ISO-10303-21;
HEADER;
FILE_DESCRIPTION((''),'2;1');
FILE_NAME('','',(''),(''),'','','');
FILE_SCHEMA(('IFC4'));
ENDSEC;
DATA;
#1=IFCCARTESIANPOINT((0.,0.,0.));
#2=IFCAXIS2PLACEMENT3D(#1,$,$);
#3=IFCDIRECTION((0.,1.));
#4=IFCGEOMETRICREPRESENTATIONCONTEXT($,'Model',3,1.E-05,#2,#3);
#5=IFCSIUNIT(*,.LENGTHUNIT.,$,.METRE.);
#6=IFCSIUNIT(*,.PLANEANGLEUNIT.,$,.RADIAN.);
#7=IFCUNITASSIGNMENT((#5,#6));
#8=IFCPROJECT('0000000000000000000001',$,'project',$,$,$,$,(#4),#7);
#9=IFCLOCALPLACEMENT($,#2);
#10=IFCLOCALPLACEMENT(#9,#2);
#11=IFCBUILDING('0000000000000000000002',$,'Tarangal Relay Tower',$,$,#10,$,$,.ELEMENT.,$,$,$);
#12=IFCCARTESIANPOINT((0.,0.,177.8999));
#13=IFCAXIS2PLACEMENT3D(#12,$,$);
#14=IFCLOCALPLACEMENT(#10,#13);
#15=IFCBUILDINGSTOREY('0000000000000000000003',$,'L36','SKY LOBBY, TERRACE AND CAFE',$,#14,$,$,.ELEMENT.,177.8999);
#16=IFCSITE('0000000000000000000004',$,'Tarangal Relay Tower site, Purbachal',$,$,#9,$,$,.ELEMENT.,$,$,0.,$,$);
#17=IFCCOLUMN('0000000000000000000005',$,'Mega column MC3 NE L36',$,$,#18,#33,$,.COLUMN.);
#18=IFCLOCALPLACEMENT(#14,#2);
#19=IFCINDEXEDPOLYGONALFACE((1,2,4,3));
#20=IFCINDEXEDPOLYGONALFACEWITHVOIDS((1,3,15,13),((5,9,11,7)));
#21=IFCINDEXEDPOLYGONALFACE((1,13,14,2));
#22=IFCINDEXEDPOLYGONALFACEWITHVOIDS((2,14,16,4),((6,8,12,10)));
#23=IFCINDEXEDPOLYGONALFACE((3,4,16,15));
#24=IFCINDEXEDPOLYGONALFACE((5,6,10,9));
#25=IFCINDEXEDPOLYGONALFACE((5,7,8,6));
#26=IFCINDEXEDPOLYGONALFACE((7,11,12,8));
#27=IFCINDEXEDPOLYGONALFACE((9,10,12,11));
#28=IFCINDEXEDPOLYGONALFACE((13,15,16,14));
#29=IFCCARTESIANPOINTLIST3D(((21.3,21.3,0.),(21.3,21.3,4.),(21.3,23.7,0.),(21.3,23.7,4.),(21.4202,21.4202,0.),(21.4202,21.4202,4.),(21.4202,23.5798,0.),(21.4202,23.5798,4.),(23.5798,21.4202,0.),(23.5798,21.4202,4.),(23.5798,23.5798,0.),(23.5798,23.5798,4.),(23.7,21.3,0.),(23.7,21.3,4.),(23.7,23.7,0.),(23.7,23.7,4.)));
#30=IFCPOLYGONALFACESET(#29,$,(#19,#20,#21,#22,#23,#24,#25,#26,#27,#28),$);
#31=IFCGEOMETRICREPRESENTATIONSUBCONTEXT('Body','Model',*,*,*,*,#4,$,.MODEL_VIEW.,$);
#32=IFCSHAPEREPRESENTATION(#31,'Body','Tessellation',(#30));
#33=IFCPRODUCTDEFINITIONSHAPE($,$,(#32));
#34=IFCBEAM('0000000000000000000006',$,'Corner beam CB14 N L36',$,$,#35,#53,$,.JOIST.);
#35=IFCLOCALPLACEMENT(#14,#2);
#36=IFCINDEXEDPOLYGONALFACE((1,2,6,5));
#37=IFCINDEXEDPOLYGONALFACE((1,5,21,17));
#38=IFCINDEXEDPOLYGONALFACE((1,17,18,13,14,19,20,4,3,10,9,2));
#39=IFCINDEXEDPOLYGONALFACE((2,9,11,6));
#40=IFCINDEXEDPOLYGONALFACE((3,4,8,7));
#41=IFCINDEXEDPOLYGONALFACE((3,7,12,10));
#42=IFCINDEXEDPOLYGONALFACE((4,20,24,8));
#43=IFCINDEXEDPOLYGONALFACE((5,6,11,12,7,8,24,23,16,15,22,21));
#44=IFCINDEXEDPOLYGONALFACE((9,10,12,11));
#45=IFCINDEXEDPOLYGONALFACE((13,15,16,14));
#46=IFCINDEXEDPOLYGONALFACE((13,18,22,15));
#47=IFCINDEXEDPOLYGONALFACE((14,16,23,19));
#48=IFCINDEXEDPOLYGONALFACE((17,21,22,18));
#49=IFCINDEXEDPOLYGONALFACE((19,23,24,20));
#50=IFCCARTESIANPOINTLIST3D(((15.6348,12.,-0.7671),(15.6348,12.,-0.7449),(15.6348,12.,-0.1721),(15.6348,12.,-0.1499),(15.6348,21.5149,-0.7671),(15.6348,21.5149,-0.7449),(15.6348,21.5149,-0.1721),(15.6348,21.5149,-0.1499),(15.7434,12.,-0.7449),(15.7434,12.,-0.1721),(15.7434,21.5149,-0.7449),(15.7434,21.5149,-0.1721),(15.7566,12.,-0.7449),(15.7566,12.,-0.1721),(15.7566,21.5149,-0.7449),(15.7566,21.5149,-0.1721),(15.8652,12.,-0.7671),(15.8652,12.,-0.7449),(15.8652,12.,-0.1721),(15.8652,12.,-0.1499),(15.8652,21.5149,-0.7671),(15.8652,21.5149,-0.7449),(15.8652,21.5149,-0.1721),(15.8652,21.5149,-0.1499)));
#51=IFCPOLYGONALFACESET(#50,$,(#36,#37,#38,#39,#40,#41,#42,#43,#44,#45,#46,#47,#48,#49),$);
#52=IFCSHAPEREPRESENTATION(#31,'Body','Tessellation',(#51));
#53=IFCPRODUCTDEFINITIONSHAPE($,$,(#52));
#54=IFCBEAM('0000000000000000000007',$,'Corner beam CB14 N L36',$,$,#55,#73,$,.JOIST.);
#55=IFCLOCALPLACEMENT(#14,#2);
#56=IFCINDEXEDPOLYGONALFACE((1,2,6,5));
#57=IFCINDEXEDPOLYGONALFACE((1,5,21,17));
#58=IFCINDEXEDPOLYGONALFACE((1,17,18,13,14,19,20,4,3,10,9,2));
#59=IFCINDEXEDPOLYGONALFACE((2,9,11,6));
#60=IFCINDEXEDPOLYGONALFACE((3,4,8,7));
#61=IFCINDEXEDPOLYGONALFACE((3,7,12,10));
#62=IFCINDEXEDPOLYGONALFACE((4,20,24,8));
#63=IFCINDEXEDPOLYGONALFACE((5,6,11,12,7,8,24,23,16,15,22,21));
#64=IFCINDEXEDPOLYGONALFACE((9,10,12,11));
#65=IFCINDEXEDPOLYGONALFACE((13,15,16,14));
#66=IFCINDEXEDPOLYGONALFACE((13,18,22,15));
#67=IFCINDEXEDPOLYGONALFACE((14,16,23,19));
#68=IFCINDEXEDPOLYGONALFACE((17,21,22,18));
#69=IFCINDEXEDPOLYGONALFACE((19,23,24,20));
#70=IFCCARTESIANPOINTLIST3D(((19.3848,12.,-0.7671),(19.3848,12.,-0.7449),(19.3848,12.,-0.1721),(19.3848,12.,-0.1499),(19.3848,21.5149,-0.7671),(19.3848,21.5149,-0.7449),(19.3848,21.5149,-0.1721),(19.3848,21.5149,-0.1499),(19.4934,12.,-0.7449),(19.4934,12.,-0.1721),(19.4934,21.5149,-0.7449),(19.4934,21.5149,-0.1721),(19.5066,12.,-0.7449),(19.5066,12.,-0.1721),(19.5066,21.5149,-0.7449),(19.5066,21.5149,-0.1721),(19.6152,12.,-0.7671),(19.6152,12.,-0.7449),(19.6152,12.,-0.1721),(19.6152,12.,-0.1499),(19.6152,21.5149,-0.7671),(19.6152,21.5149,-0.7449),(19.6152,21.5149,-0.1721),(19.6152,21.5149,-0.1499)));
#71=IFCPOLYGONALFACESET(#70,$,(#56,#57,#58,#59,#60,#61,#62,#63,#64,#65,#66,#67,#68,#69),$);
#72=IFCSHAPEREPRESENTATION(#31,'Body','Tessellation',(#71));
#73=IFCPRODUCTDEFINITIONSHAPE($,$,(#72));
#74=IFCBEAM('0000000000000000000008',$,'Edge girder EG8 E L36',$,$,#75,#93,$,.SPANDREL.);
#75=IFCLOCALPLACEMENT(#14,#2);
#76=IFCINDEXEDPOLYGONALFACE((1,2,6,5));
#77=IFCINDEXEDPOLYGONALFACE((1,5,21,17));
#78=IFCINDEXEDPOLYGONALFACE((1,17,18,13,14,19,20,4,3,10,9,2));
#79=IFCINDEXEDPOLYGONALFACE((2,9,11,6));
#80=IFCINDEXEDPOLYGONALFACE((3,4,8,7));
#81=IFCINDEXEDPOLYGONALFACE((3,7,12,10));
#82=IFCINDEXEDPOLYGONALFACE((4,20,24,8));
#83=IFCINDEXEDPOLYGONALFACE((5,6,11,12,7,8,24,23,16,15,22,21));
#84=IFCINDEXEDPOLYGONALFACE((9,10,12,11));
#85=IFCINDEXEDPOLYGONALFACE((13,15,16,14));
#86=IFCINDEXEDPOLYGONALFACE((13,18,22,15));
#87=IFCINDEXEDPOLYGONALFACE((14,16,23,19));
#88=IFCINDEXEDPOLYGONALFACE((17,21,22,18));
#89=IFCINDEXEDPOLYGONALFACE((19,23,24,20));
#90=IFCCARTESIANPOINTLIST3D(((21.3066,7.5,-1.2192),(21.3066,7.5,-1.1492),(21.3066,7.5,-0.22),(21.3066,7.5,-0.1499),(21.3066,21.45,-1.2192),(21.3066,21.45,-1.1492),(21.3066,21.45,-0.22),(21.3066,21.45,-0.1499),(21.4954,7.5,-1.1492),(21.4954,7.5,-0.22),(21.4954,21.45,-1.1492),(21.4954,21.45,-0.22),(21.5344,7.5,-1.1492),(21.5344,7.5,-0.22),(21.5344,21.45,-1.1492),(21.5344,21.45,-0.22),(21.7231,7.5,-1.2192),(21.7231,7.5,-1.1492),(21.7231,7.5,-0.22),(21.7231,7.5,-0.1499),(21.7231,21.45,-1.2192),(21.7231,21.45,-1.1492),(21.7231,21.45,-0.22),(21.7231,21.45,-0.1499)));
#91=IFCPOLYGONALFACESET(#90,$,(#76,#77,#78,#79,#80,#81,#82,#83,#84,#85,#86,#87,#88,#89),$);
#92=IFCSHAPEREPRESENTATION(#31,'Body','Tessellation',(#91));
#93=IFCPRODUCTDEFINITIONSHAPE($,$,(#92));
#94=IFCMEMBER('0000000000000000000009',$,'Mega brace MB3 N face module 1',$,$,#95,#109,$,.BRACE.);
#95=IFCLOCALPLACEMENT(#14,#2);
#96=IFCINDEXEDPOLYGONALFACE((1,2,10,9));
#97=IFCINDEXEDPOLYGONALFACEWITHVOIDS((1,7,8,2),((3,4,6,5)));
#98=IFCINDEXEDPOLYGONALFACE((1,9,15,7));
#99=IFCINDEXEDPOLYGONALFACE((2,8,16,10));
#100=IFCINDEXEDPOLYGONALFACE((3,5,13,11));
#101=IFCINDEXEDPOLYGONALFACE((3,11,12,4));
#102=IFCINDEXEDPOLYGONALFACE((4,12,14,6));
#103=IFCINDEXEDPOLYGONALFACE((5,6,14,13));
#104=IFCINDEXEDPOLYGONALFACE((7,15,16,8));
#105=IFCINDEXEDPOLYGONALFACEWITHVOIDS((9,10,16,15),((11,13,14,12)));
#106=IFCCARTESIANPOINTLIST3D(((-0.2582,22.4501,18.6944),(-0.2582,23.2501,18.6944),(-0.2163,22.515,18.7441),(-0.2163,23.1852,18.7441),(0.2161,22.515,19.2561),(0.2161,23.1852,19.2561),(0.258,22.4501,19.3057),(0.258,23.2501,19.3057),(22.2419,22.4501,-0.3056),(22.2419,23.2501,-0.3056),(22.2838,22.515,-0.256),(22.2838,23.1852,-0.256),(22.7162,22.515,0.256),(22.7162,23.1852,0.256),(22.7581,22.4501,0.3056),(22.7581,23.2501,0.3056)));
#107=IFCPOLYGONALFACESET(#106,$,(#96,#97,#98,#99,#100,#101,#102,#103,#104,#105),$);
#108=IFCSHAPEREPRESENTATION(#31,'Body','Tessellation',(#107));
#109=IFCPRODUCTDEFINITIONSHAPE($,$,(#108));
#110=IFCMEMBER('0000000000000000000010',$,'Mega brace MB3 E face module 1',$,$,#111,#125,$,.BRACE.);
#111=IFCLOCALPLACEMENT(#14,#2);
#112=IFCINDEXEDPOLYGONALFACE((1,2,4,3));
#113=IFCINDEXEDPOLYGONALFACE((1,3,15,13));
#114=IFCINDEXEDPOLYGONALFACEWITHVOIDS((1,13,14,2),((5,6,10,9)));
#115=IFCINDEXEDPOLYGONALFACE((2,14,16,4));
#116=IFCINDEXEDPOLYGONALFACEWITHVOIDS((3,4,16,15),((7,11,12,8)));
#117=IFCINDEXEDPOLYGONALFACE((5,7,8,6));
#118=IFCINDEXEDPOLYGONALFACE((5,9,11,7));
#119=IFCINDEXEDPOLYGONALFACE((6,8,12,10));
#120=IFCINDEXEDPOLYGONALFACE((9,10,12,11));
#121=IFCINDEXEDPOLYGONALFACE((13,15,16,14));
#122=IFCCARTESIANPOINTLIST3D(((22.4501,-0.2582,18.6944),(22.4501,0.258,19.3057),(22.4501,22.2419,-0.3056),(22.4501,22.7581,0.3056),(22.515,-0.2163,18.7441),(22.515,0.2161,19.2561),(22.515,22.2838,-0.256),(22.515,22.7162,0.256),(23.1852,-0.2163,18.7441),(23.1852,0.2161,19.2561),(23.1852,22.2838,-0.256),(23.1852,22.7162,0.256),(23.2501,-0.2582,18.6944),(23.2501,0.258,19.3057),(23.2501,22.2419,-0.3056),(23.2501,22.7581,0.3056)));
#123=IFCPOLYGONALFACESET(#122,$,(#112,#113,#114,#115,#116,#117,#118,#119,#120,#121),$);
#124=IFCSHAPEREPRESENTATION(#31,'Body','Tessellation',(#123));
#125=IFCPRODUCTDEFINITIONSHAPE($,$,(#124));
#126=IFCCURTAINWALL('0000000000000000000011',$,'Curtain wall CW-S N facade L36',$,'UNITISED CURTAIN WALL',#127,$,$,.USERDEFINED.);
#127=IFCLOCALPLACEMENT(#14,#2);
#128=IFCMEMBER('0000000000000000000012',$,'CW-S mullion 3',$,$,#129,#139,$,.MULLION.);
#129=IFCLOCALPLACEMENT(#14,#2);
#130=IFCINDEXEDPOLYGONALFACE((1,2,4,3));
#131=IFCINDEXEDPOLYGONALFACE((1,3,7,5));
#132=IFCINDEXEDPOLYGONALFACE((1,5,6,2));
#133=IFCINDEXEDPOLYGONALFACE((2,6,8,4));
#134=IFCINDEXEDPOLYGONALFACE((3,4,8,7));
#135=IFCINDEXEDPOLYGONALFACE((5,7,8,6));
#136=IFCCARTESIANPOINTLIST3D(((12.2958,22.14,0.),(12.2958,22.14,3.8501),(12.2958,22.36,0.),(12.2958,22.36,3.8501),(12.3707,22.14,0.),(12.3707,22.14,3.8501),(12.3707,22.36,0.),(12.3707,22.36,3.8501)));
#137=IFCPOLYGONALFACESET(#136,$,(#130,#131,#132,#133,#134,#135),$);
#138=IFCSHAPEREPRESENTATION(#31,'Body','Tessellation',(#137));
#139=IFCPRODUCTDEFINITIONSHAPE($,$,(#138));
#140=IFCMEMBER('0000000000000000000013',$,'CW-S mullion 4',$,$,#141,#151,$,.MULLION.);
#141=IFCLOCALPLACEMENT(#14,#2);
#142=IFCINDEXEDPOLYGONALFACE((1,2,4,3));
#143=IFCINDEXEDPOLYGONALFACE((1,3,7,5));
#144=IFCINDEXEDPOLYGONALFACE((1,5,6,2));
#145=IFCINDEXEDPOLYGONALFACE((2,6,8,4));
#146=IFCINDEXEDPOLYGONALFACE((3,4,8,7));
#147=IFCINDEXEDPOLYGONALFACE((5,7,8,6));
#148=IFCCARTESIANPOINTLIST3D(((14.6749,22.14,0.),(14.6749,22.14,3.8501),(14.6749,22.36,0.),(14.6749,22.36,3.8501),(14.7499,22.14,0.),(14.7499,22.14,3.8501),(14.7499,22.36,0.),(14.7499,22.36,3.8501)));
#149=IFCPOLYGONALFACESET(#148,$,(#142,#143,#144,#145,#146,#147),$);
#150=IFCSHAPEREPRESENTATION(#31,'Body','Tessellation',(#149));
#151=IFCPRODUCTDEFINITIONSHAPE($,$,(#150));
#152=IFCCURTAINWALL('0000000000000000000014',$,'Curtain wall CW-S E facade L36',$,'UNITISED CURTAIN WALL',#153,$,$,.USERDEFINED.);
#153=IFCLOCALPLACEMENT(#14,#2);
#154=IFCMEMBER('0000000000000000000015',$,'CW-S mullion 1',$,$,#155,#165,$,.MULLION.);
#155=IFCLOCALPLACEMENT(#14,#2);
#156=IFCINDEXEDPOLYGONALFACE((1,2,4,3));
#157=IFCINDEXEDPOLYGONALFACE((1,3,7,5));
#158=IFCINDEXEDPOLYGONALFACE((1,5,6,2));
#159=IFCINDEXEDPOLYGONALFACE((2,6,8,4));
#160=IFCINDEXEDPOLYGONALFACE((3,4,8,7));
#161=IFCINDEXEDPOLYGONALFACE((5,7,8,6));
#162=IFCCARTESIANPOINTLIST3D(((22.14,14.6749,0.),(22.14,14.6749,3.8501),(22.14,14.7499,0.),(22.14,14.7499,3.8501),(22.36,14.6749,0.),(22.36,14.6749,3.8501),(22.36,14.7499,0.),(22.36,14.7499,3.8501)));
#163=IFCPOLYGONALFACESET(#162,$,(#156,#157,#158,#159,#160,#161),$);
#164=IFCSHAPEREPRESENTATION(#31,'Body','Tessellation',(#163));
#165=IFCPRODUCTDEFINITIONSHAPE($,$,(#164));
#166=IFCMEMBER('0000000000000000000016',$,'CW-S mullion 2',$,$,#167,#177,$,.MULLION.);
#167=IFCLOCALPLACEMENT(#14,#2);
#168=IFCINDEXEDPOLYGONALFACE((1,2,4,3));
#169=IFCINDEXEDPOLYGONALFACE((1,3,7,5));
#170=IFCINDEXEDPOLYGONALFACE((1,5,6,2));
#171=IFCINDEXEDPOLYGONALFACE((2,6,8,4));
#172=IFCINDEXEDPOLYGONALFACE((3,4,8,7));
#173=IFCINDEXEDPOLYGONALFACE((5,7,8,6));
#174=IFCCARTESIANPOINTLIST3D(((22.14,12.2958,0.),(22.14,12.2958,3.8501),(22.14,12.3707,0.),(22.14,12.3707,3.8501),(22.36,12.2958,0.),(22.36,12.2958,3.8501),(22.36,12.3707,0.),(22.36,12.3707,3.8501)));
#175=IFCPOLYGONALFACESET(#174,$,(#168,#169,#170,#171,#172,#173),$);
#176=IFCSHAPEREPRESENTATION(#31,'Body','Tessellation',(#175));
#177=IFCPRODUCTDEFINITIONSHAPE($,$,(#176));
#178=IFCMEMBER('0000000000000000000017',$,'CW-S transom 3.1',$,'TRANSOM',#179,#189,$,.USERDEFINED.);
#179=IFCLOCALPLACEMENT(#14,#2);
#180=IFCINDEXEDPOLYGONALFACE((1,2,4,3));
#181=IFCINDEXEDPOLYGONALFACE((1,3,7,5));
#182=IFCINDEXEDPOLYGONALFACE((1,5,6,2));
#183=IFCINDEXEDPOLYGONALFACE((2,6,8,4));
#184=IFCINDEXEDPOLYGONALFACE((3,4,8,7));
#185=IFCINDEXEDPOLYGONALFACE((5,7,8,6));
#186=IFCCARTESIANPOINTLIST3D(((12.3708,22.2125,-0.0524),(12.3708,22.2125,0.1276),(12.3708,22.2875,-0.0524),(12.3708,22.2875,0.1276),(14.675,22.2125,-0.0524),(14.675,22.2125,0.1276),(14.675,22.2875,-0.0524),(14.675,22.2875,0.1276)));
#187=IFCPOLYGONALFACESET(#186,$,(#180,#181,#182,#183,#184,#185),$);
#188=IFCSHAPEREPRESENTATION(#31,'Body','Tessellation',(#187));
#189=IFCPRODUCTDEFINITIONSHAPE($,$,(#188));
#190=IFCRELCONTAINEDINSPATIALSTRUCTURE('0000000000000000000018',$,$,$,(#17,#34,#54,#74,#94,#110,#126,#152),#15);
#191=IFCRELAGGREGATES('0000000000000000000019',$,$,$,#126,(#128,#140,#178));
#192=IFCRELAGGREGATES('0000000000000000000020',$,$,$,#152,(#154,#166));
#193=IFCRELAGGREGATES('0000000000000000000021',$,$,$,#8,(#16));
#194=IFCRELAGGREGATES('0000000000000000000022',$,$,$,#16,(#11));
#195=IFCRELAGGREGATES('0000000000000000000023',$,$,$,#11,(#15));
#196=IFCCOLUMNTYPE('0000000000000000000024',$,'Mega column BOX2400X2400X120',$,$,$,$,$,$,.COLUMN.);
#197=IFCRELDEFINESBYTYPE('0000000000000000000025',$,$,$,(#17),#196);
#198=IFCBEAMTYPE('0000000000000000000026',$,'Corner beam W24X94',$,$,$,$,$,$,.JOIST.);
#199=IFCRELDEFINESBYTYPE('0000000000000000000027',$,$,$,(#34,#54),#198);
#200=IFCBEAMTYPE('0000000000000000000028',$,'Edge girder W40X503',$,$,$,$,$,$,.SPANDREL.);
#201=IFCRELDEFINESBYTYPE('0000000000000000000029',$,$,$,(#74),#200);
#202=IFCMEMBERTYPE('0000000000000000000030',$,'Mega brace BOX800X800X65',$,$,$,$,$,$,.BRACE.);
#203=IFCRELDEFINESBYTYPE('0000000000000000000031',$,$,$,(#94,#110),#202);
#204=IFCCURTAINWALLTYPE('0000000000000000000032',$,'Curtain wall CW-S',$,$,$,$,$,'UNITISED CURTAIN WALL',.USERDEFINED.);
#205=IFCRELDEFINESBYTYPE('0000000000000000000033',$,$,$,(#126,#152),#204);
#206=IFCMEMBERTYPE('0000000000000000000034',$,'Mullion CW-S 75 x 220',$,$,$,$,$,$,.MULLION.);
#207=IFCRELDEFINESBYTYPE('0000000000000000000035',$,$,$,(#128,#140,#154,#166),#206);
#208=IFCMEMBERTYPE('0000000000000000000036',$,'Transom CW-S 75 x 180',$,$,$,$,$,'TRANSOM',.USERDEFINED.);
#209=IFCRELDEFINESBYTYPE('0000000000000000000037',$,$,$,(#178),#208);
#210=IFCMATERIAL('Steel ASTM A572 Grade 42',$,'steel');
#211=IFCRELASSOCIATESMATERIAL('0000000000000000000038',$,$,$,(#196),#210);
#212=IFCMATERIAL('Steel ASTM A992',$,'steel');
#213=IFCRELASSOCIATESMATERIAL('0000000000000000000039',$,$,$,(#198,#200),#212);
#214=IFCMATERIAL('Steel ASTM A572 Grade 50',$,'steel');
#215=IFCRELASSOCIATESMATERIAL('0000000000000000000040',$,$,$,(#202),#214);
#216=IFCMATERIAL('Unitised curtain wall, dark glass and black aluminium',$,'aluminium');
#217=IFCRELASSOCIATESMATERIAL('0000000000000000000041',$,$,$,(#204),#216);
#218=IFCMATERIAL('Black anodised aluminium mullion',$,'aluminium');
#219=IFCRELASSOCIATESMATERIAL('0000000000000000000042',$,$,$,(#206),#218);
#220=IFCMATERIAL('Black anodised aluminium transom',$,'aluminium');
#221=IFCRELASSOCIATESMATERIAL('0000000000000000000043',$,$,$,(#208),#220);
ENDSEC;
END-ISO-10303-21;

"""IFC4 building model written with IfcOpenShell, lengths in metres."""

from ifc_helpers import new_model, si_unit, direction, frame, origin, origin_2d, place, context, subcontext, project, spatial, rectangle, hollow_rectangle, i_section, extrude, material, material_profile, profile_set, type_object, element, aggregate, save


model = new_model("IFC4")

# Units and contexts
model_context = context("Model", 3, precision=1e-05, world=origin(), true_north=direction((0.0, 1.0)))
body_context = subcontext(model_context, "Body", "Model", "MODEL_VIEW")
ifc_project = project(units=[si_unit("LENGTHUNIT", "METRE"), si_unit("PLANEANGLEUNIT", "RADIAN")], contexts=[model_context])

# Site, building, storey
site_placement = place(None, origin())
site = spatial("IfcSite", under=ifc_project, at=site_placement, Name="Tarangal Relay Tower site, Purbachal", CompositionType="ELEMENT", RefElevation=0.0)
building_placement = place(site_placement, origin())
building = spatial("IfcBuilding", under=site, at=building_placement, Name="Tarangal Relay Tower", CompositionType="ELEMENT")
storey_placement = place(building_placement, frame((0.0, 0.0, 177.8999)))
storey = spatial("IfcBuildingStorey", under=building, at=storey_placement, Name="L36", Description="SKY LOBBY, TERRACE AND CAFE", CompositionType="ELEMENT", Elevation=177.8999)

# Column
ifc_material_1 = material(Name="Steel ASTM A572 Grade 42", Category="steel")
ifc_material_profile_1 = material_profile(ifc_material_1, hollow_rectangle(XDim=2.3999, YDim=2.3999, WallThickness=0.1201, at=origin_2d()), Name="BOX2400X2400X120")
ifc_profile_set_1 = profile_set([ifc_material_profile_1], Name="Steel ASTM A572 Grade 42")
column_type = type_object("IfcColumnType", Name="Mega column BOX2400X2400X120", PredefinedType="COLUMN", material=ifc_profile_set_1)
column_placement = place(storey_placement, frame((22.5, 22.5, 0.0), z_axis=(0.0, 0.0, 1.0), x_axis=(1.0, 0.0, 0.0)))
element("IfcColumn", 1, at=column_placement, inside=storey, type_object=column_type, Name="Mega column MC3 NE L36", PredefinedType="COLUMN", context=body_context, shape_type="SweptSolid", body=[
    extrude(hollow_rectangle(XDim=2.3999, YDim=2.3999, WallThickness=0.1201, at=origin_2d()), origin(), (0.0, 0.0, 1.0), 4.0),
])

# Beams
ifc_material_2 = material(Name="Steel ASTM A992", Category="steel")
ifc_material_profile_2 = material_profile(ifc_material_2, i_section(OverallWidth=0.2305, OverallDepth=0.6172, WebThickness=0.0132, FlangeThickness=0.0222, at=origin_2d()), Name="W24X94")
ifc_profile_set_2 = profile_set([ifc_material_profile_2], Name="Steel ASTM A992")
beam_type_1 = type_object("IfcBeamType", Name="Corner beam W24X94", PredefinedType="JOIST", material=ifc_profile_set_2)
for number, where, z_axis, x_axis, name in (
    (2, (15.75, 12.0, -0.4585), (0.0, 1.0, 0.0), (-1.0, 0.0, 0.0), "Corner beam CB14 N L36"),
    (3, (19.5, 12.0, -0.4585), (0.0, 1.0, 0.0), (-1.0, 0.0, 0.0), "Corner beam CB14 N L36"),
):
    element("IfcBeam", number, at=place(storey_placement, frame(where, z_axis=z_axis, x_axis=x_axis)), inside=storey, type_object=beam_type_1, Name=name, PredefinedType="JOIST", context=body_context, shape_type="SweptSolid", body=[
        extrude(i_section(OverallWidth=0.2305, OverallDepth=0.6172, WebThickness=0.0132, FlangeThickness=0.0222, at=origin_2d()), origin(), (0.0, 0.0, 1.0), 9.5149),
    ])
ifc_material_profile_3 = material_profile(ifc_material_2, i_section(OverallWidth=0.4165, OverallDepth=1.0693, WebThickness=0.0391, FlangeThickness=0.0701, at=origin_2d()), Name="W40X503")
ifc_profile_set_3 = profile_set([ifc_material_profile_3], Name="Steel ASTM A992")
beam_type_2 = type_object("IfcBeamType", Name="Edge girder W40X503", PredefinedType="SPANDREL", material=ifc_profile_set_3)
beam_placement = place(storey_placement, frame((21.5149, 21.45, -0.6846), z_axis=(0.0, -1.0, 0.0), x_axis=(1.0, 0.0, 0.0)))
element("IfcBeam", 4, at=beam_placement, inside=storey, type_object=beam_type_2, Name="Edge girder EG8 E L36", PredefinedType="SPANDREL", context=body_context, shape_type="SweptSolid", body=[
    extrude(i_section(OverallWidth=0.4165, OverallDepth=1.0693, WebThickness=0.0391, FlangeThickness=0.0701, at=origin_2d()), origin(), (0.0, 0.0, 1.0), 13.95),
])

# Members
ifc_material_3 = material(Name="Steel ASTM A572 Grade 50", Category="steel")
ifc_material_profile_4 = material_profile(ifc_material_3, hollow_rectangle(XDim=0.8, YDim=0.8, WallThickness=0.0649, at=origin_2d()), Name="BOX800X800X65")
ifc_profile_set_4 = profile_set([ifc_material_profile_4], Name="Steel ASTM A572 Grade 50")
member_type_1 = type_object("IfcMemberType", Name="Mega brace BOX800X800X65", PredefinedType="BRACE", material=ifc_profile_set_4)
for number, where, z_axis, x_axis, name in (
    (5, (22.5, 22.8501, 0.0), (-0.76403, 0.0, 0.645181), (0.0, -1.0, 0.0), "Mega brace MB3 N face module 1"),
    (6, (22.8501, 22.5, 0.0), (0.0, -0.76403, 0.645181), (1.0, 0.0, 0.0), "Mega brace MB3 E face module 1"),
):
    element("IfcMember", number, at=place(storey_placement, frame(where, z_axis=z_axis, x_axis=x_axis)), inside=storey, type_object=member_type_1, Name=name, PredefinedType="BRACE", context=body_context, shape_type="SweptSolid", body=[
        extrude(hollow_rectangle(XDim=0.8, YDim=0.8, WallThickness=0.0649, at=origin_2d()), origin(), (0.0, 0.0, 1.0), 29.4492),
    ])

# Curtain walls, members
ifc_material_4 = material(Name="Unitised curtain wall, dark glass and black aluminium", Category="aluminium")
curtain_wall_type = type_object("IfcCurtainWallType", Name="Curtain wall CW-S", ElementType="UNITISED CURTAIN WALL", PredefinedType="USERDEFINED", material=ifc_material_4)
curtain_wall_1_placement = place(storey_placement, origin())
curtain_wall_1 = element("IfcCurtainWall", 7, at=curtain_wall_1_placement, inside=storey, type_object=curtain_wall_type, Name="Curtain wall CW-S N facade L36", ObjectType="UNITISED CURTAIN WALL", PredefinedType="USERDEFINED")
ifc_material_5 = material(Name="Black anodised aluminium mullion", Category="aluminium")
ifc_material_profile_5 = material_profile(ifc_material_5, rectangle(XDim=0.22, YDim=0.075, at=origin_2d()), Name="CW-SM 75X220")
ifc_profile_set_5 = profile_set([ifc_material_profile_5], Name="Black anodised aluminium mullion")
member_type_2 = type_object("IfcMemberType", Name="Mullion CW-S 75 x 220", PredefinedType="MULLION", material=ifc_profile_set_5)
member_1_placement = place(storey_placement, frame((12.3333, 22.25, 0.0), z_axis=(0.0, 0.0, 1.0), x_axis=(0.0, 1.0, 0.0)))
member_1 = element("IfcMember", 8, at=member_1_placement, type_object=member_type_2, Name="CW-S mullion 3", PredefinedType="MULLION", context=body_context, shape_type="SweptSolid", body=[
    extrude(rectangle(XDim=0.22, YDim=0.075, at=origin_2d()), origin(), (0.0, 0.0, 1.0), 3.8501),
])
member_2_placement = place(storey_placement, frame((14.7124, 22.25, 0.0), z_axis=(0.0, 0.0, 1.0), x_axis=(0.0, 1.0, 0.0)))
member_2 = element("IfcMember", 9, at=member_2_placement, type_object=member_type_2, Name="CW-S mullion 4", PredefinedType="MULLION", context=body_context, shape_type="SweptSolid", body=[
    extrude(rectangle(XDim=0.22, YDim=0.075, at=origin_2d()), origin(), (0.0, 0.0, 1.0), 3.8501),
])
curtain_wall_2_placement = place(storey_placement, origin())
curtain_wall_2 = element("IfcCurtainWall", 10, at=curtain_wall_2_placement, inside=storey, type_object=curtain_wall_type, Name="Curtain wall CW-S E facade L36", ObjectType="UNITISED CURTAIN WALL", PredefinedType="USERDEFINED")
member_3_placement = place(storey_placement, frame((22.25, 14.7124, 0.0), z_axis=(0.0, 0.0, 1.0), x_axis=(1.0, 0.0, 0.0)))
member_3 = element("IfcMember", 11, at=member_3_placement, type_object=member_type_2, Name="CW-S mullion 1", PredefinedType="MULLION", context=body_context, shape_type="SweptSolid", body=[
    extrude(rectangle(XDim=0.22, YDim=0.075, at=origin_2d()), origin(), (0.0, 0.0, 1.0), 3.8501),
])
member_4_placement = place(storey_placement, frame((22.25, 12.3333, 0.0), z_axis=(0.0, 0.0, 1.0), x_axis=(1.0, 0.0, 0.0)))
member_4 = element("IfcMember", 12, at=member_4_placement, type_object=member_type_2, Name="CW-S mullion 2", PredefinedType="MULLION", context=body_context, shape_type="SweptSolid", body=[
    extrude(rectangle(XDim=0.22, YDim=0.075, at=origin_2d()), origin(), (0.0, 0.0, 1.0), 3.8501),
])

# Member
ifc_material_6 = material(Name="Black anodised aluminium transom", Category="aluminium")
ifc_material_profile_6 = material_profile(ifc_material_6, rectangle(XDim=0.075, YDim=0.1799, at=origin_2d()), Name="CW-ST 75X180")
ifc_profile_set_6 = profile_set([ifc_material_profile_6], Name="Black anodised aluminium transom")
member_type_3 = type_object("IfcMemberType", Name="Transom CW-S 75 x 180", ElementType="TRANSOM", PredefinedType="USERDEFINED", material=ifc_profile_set_6)
member_5_placement = place(storey_placement, frame((12.3708, 22.25, 0.0376), z_axis=(1.0, 0.0, 0.0), x_axis=(0.0, 1.0, 0.0)))
member_5 = element("IfcMember", 13, at=member_5_placement, type_object=member_type_3, Name="CW-S transom 3.1", ObjectType="TRANSOM", PredefinedType="USERDEFINED", context=body_context, shape_type="SweptSolid", body=[
    extrude(rectangle(XDim=0.075, YDim=0.1799, at=origin_2d()), origin(), (0.0, 0.0, 1.0), 2.3042),
])

aggregate(curtain_wall_1, [member_1, member_2, member_5])
aggregate(curtain_wall_2, [member_3, member_4])

save(model, "model.ifc")
